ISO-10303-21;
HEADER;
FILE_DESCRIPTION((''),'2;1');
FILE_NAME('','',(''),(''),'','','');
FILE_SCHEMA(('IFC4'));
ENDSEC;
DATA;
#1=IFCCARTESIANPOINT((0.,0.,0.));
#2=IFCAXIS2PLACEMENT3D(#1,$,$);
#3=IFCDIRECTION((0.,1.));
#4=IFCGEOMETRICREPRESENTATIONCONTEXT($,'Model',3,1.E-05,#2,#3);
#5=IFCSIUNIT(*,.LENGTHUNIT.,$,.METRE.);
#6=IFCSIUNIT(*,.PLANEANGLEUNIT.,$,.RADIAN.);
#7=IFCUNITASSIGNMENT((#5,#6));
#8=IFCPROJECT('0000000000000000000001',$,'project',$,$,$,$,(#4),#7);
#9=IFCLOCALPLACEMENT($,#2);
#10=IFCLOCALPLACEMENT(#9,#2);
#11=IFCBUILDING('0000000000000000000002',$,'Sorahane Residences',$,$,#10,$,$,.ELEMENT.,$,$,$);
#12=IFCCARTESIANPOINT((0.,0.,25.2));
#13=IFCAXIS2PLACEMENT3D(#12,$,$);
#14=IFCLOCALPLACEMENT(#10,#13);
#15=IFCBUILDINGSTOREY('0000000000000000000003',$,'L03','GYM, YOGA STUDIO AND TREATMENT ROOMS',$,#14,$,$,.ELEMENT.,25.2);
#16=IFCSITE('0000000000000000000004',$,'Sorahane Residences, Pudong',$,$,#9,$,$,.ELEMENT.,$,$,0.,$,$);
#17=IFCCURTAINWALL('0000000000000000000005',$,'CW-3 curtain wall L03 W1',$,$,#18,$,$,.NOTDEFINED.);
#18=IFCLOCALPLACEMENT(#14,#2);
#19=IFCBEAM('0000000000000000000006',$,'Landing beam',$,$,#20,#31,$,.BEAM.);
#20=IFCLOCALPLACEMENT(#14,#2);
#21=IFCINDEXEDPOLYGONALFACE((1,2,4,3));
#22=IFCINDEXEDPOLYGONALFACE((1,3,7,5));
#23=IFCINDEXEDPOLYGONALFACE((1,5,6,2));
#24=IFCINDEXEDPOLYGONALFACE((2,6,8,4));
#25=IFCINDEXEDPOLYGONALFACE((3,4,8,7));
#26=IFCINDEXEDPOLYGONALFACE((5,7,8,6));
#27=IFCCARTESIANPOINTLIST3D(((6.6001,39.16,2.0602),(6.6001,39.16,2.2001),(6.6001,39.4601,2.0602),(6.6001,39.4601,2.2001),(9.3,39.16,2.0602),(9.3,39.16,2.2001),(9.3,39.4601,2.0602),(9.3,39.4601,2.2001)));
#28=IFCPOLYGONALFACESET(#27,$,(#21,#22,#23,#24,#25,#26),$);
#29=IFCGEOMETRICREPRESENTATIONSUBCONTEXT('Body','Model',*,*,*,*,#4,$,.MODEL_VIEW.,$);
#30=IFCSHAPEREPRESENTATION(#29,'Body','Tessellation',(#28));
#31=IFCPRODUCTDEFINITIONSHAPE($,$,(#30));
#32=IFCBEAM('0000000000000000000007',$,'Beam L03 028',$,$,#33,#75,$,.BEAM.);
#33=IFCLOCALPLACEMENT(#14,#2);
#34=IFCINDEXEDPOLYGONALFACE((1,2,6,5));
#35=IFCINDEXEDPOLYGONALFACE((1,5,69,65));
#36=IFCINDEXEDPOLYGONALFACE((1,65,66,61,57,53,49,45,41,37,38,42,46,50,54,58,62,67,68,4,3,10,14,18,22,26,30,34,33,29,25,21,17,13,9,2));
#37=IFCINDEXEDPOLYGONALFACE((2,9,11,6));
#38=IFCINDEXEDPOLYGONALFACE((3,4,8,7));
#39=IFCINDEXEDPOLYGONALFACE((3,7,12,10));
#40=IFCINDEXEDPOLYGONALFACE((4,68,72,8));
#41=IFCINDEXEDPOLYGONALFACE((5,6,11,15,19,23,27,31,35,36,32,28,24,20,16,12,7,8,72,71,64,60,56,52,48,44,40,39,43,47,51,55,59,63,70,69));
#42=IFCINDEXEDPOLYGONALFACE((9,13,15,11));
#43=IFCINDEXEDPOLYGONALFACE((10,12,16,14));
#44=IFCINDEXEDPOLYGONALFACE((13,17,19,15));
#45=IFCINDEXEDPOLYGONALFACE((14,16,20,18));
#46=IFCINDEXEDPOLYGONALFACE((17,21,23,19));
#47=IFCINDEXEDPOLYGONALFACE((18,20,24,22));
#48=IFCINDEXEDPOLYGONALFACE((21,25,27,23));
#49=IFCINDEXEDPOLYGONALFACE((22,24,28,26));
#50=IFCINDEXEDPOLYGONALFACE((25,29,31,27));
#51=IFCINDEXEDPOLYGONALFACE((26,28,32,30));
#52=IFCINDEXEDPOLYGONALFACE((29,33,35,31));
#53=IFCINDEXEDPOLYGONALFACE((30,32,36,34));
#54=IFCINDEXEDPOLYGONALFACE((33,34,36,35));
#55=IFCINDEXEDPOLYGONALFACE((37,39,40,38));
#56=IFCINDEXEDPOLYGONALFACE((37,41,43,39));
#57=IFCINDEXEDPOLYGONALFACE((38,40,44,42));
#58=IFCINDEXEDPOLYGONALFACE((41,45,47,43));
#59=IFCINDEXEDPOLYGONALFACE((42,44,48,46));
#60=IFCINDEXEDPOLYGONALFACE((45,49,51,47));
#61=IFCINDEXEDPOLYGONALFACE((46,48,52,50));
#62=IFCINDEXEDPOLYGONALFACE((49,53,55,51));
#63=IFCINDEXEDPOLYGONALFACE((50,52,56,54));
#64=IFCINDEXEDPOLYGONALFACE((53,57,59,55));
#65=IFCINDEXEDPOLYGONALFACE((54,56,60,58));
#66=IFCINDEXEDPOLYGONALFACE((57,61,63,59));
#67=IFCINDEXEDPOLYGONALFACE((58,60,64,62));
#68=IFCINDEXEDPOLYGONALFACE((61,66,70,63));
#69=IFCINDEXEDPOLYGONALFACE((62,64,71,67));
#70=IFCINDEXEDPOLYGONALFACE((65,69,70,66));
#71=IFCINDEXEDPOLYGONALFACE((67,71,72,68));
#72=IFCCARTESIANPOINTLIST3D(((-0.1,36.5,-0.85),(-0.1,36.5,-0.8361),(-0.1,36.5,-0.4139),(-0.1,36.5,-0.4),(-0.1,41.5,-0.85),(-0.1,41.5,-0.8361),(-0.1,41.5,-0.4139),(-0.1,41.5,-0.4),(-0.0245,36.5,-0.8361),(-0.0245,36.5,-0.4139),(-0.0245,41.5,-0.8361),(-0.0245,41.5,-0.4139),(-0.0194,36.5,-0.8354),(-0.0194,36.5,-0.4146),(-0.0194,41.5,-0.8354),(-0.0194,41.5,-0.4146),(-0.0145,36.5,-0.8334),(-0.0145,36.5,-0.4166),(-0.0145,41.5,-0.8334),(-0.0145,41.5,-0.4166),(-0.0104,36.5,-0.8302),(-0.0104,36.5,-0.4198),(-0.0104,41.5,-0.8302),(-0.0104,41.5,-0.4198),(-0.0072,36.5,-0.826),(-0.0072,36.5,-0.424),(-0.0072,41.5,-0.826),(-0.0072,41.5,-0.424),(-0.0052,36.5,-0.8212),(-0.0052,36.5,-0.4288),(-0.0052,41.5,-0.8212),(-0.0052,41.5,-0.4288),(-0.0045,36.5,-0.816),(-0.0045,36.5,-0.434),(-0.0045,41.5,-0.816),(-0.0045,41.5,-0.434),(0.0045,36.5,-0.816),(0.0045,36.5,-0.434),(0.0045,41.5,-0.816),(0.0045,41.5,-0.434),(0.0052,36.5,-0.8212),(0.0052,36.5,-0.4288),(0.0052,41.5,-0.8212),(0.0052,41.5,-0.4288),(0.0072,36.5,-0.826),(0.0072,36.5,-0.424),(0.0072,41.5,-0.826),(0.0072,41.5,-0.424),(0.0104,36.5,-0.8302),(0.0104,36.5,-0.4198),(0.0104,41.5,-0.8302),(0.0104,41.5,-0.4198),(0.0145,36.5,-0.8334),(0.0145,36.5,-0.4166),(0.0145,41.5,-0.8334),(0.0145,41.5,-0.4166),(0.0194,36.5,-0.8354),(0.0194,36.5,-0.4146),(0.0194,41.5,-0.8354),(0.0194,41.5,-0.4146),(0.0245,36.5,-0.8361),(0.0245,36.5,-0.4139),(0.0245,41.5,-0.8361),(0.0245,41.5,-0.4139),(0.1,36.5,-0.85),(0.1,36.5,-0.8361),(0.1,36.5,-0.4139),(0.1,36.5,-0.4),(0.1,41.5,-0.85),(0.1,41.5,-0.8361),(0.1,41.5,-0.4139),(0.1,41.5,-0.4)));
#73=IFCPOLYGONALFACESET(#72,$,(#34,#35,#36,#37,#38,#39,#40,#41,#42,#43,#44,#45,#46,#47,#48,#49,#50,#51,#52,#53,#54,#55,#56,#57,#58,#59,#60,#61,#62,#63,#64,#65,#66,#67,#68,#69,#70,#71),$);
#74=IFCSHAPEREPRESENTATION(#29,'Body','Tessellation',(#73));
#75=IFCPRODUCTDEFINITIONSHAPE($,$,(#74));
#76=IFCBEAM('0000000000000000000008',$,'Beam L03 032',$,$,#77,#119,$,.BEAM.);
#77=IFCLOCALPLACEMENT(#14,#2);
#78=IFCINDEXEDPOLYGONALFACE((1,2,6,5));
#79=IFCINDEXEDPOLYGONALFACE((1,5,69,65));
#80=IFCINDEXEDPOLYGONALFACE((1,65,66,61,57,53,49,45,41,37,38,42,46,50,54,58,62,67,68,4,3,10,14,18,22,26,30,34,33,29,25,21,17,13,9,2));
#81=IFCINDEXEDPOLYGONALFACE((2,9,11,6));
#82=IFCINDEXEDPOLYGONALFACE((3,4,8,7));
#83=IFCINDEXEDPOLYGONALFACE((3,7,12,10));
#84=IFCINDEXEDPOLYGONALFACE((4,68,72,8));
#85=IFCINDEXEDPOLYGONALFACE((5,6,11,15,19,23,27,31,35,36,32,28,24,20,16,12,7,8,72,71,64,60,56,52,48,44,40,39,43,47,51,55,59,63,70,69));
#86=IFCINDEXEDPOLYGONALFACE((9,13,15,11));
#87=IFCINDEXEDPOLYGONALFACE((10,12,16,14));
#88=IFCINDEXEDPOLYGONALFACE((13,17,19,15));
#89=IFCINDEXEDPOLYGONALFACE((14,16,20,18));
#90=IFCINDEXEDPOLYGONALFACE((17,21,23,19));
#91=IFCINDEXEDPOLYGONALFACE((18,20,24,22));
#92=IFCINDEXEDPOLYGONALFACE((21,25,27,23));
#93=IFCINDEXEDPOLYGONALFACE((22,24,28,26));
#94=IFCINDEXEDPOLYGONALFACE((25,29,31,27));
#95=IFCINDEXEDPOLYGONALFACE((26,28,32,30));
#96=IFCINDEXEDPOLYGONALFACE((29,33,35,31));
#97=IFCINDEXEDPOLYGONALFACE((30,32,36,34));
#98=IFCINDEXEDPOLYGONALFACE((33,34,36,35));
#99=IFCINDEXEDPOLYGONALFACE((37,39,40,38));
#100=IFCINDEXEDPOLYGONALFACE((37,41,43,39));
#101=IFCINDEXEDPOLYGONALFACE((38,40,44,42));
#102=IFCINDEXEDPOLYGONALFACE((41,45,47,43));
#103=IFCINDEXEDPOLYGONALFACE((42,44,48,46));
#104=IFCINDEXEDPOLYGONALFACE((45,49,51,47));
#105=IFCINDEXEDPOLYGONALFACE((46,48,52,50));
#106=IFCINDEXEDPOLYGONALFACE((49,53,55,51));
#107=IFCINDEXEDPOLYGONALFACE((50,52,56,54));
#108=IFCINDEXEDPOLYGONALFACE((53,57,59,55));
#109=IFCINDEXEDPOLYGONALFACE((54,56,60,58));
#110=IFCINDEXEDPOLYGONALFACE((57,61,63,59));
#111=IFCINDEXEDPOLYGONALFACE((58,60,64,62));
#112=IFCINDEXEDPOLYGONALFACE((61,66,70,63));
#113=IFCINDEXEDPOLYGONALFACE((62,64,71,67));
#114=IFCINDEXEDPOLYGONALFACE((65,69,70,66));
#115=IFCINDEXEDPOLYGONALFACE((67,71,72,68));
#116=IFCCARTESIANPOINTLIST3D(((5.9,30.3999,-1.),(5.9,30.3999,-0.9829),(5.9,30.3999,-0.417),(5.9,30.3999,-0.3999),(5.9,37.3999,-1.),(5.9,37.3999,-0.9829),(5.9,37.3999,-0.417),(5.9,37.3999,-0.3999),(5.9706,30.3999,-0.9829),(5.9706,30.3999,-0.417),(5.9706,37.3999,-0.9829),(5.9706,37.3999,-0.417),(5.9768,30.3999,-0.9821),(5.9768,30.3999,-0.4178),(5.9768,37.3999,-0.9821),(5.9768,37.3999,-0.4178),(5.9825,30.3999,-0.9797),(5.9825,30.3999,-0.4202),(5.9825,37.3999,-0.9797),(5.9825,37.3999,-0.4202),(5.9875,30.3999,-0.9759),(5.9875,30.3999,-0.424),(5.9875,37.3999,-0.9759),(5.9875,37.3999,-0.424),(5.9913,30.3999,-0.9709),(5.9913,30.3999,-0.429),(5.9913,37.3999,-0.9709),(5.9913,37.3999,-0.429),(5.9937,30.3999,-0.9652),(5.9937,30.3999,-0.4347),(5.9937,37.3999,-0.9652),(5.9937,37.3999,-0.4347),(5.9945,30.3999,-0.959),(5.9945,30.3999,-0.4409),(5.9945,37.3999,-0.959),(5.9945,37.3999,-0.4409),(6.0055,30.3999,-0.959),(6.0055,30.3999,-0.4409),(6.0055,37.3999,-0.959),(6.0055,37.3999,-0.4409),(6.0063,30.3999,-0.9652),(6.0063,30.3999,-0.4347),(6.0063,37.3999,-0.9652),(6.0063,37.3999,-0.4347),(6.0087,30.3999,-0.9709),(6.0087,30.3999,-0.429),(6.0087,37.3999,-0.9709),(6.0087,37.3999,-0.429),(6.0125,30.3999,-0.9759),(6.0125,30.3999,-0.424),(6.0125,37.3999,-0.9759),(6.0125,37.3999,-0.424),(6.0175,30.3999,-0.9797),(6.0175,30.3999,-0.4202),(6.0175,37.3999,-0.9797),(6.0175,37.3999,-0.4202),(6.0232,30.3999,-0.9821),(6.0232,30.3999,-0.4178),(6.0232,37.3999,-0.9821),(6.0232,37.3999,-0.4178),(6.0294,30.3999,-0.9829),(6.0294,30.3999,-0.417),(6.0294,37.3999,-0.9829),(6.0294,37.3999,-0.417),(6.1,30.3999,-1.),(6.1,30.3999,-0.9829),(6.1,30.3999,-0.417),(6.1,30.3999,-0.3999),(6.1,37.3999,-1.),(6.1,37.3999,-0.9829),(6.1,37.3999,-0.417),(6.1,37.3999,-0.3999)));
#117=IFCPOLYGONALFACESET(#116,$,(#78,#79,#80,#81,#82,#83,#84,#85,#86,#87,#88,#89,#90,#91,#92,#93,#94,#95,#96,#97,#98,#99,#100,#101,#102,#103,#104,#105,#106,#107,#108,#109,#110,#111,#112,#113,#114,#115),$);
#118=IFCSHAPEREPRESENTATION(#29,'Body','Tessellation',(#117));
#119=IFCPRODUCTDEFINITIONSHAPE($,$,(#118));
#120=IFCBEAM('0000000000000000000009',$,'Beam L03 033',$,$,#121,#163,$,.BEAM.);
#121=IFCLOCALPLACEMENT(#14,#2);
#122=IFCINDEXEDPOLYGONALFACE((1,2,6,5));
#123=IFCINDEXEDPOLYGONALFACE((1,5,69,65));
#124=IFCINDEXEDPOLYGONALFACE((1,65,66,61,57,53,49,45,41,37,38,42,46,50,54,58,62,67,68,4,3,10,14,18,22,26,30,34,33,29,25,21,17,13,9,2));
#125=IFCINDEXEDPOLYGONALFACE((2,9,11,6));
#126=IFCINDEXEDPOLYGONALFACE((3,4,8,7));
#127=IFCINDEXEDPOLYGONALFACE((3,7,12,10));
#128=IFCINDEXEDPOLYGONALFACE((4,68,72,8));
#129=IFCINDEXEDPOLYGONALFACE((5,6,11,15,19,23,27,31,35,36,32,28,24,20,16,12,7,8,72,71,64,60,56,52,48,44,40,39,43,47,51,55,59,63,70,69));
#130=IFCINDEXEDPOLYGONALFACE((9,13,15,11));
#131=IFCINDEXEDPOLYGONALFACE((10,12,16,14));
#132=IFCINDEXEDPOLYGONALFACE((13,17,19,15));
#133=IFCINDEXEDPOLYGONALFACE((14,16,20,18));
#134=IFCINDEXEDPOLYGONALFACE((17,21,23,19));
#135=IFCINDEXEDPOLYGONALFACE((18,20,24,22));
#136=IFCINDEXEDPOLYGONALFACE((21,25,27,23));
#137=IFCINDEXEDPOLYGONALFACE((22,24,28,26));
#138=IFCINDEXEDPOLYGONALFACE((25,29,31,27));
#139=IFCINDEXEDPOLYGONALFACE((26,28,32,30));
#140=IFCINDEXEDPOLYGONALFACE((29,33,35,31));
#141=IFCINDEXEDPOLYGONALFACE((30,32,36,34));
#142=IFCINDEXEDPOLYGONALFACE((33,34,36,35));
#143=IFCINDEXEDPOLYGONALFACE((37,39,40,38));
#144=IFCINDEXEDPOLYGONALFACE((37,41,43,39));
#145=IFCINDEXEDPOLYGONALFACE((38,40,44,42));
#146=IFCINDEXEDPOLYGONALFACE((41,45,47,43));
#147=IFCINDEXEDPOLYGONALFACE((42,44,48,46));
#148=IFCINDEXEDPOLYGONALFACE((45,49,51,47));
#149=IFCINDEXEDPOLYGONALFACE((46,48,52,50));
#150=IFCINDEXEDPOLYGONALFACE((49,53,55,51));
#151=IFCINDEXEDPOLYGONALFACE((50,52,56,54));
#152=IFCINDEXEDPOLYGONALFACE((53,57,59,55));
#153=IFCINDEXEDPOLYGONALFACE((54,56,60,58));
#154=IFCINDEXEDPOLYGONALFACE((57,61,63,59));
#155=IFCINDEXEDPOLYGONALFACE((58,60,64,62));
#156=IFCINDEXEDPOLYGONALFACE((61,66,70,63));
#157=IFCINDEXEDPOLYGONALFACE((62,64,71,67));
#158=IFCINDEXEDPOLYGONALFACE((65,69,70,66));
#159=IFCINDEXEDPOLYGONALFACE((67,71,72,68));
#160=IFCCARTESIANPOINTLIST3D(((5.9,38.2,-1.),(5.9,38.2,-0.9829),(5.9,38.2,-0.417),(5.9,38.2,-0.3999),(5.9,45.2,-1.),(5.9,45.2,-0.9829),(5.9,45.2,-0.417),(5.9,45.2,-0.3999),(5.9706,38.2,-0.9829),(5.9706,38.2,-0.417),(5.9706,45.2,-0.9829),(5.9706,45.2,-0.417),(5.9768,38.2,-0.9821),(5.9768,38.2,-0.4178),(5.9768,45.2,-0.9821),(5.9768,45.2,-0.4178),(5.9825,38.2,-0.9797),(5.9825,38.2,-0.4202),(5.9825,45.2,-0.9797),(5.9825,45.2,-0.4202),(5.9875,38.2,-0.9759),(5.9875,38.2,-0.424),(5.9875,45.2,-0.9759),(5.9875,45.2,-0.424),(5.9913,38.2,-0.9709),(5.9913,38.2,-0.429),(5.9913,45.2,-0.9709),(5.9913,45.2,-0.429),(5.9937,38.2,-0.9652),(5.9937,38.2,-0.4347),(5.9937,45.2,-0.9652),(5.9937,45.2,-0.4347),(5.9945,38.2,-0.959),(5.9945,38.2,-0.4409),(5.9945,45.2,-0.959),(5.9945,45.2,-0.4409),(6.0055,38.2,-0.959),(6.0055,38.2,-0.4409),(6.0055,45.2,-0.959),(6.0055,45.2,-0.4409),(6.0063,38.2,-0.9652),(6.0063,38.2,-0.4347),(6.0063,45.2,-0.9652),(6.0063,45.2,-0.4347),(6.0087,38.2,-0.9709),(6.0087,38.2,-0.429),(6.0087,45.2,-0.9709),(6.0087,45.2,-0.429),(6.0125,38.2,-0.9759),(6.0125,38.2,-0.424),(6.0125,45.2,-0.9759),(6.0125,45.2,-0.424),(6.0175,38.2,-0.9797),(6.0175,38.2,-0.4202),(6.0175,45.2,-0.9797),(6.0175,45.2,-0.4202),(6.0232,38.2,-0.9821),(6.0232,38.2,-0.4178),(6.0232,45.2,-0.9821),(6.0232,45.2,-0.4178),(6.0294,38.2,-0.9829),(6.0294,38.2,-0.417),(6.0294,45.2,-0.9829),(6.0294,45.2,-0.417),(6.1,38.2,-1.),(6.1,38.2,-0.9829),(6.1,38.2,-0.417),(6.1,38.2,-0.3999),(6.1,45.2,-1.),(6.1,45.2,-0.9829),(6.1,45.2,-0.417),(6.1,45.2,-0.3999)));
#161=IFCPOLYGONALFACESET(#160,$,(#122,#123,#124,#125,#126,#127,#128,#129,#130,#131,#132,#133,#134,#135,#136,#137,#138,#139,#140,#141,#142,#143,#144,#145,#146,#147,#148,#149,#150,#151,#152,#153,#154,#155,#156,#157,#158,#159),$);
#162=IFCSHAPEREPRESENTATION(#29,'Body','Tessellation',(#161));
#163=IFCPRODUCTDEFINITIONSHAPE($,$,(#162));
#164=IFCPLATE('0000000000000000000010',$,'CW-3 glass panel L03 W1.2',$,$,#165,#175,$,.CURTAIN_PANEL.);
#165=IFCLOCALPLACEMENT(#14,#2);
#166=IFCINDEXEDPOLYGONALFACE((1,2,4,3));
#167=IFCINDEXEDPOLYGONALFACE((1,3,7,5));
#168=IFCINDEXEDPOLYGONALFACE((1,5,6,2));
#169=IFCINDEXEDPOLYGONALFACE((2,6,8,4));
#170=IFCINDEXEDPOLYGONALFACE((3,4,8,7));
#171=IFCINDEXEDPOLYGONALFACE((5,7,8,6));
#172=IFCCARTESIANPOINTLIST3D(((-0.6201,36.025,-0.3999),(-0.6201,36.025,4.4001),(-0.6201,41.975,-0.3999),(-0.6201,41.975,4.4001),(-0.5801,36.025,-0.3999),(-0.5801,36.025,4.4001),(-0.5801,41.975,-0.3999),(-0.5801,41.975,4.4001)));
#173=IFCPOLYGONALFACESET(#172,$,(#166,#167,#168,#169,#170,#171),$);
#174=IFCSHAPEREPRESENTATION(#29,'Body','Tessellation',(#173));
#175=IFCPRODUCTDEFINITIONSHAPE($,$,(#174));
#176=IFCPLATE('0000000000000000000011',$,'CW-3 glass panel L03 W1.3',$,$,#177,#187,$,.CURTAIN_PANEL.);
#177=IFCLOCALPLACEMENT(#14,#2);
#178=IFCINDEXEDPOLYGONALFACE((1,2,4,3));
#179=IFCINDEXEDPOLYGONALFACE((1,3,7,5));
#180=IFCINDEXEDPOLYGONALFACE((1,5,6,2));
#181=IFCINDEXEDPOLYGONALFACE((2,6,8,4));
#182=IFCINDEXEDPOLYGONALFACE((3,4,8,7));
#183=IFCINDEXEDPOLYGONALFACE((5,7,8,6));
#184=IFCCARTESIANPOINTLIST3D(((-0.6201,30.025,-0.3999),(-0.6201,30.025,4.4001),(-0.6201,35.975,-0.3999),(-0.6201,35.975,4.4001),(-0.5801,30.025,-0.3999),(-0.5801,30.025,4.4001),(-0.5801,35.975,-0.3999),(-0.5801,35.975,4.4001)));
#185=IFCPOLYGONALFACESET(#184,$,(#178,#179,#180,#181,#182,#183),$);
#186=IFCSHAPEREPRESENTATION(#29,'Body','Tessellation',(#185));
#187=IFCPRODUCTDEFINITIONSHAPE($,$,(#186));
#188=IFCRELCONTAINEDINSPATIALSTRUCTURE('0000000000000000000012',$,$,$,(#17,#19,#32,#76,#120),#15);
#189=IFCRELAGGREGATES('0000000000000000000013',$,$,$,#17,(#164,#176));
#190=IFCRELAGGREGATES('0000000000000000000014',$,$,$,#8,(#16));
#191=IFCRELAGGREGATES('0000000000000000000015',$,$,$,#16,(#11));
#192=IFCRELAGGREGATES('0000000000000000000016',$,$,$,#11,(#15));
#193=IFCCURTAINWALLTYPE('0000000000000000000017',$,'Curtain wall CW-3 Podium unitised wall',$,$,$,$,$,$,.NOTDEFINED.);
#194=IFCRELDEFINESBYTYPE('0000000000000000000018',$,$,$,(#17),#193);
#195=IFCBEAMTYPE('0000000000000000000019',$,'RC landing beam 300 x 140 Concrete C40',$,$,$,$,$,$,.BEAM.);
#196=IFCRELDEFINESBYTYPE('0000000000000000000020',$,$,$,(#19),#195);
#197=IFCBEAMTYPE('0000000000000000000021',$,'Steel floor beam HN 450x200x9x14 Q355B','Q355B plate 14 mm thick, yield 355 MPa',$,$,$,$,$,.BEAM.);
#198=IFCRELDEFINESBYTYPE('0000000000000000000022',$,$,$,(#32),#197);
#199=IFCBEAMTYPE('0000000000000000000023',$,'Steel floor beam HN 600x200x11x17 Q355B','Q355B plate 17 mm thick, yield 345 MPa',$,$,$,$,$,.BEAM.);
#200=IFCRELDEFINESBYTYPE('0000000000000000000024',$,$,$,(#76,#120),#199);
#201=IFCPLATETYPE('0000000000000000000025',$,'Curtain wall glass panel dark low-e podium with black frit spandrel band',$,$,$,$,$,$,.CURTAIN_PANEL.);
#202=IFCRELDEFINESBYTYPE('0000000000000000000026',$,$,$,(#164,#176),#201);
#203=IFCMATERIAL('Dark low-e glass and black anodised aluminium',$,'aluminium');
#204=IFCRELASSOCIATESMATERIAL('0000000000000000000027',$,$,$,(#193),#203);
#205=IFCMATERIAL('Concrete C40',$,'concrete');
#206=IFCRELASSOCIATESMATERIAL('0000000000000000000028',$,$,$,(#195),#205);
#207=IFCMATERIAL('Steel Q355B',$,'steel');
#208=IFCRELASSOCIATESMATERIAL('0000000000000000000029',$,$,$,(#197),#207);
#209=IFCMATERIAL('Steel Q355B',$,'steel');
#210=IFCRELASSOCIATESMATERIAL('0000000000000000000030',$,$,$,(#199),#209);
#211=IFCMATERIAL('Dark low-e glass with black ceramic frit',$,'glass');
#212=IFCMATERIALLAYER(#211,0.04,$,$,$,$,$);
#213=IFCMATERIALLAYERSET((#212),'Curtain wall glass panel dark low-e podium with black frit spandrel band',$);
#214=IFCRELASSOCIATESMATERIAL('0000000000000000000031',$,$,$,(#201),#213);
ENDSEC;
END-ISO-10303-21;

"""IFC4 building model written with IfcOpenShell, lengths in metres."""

from ifc_helpers import new_model, si_unit, direction, frame, origin, origin_2d, place, context, subcontext, project, spatial, rectangle, i_section, extrude, material, layer, layer_set, material_profile, profile_set, type_object, element, aggregate, save


model = new_model("IFC4")

# Units and contexts
model_context = context("Model", 3, precision=1e-05, world=origin(), true_north=direction((0.0, 1.0)))
body_context = subcontext(model_context, "Body", "Model", "MODEL_VIEW")
ifc_project = project(units=[si_unit("LENGTHUNIT", "METRE"), si_unit("PLANEANGLEUNIT", "RADIAN")], contexts=[model_context])

# Site, building, storey
site_placement = place(None, origin())
site = spatial("IfcSite", under=ifc_project, at=site_placement, Name="Sorahane Residences, Pudong", CompositionType="ELEMENT", RefElevation=0.0)
building_placement = place(site_placement, origin())
building = spatial("IfcBuilding", under=site, at=building_placement, Name="Sorahane Residences", CompositionType="ELEMENT")
storey_placement = place(building_placement, frame((0.0, 0.0, 25.2)))
storey = spatial("IfcBuildingStorey", under=building, at=storey_placement, Name="L03", Description="GYM, YOGA STUDIO AND TREATMENT ROOMS", CompositionType="ELEMENT", Elevation=25.2)

# Curtain wall
ifc_material_1 = material(Name="Dark low-e glass and black anodised aluminium", Category="aluminium")
curtain_wall_type = type_object("IfcCurtainWallType", Name="Curtain wall CW-3 Podium unitised wall", PredefinedType="NOTDEFINED", material=ifc_material_1)
curtain_wall_placement = place(storey_placement, origin())
curtain_wall = element("IfcCurtainWall", 1, at=curtain_wall_placement, inside=storey, type_object=curtain_wall_type, Name="CW-3 curtain wall L03 W1", PredefinedType="NOTDEFINED")

# Beams
ifc_material_2 = material(Name="Concrete C40", Category="concrete")
ifc_material_profile_1 = material_profile(ifc_material_2, rectangle(XDim=0.3, YDim=0.1399, at=origin_2d()), Name="300x140")
ifc_profile_set_1 = profile_set([ifc_material_profile_1], Name="Concrete C40")
beam_type_1 = type_object("IfcBeamType", Name="RC landing beam 300 x 140 Concrete C40", PredefinedType="BEAM", material=ifc_profile_set_1)
for number, where, z_axis, x_axis, name in (
    (2, (6.6001, 39.3101, 2.1301), (1.0, 0.0, 0.0), (0.0, 1.0, 0.0), "Landing beam"),
):
    element("IfcBeam", number, at=place(storey_placement, frame(where, z_axis=z_axis, x_axis=x_axis)), inside=storey, type_object=beam_type_1, Name=name, PredefinedType="BEAM", context=body_context, shape_type="SweptSolid", body=[
        extrude(rectangle(XDim=0.3, YDim=0.1399, at=origin_2d()), origin(), (0.0, 0.0, 1.0), 2.7),
    ])
ifc_material_3 = material(Name="Steel Q355B", Category="steel")
ifc_material_profile_2 = material_profile(ifc_material_3, i_section(OverallWidth=0.2, OverallDepth=0.45, WebThickness=0.009, FlangeThickness=0.0139, FilletRadius=0.02, at=origin_2d()), Name="HN 450x200x9x14")
ifc_profile_set_2 = profile_set([ifc_material_profile_2], Name="Steel Q355B")
beam_type_2 = type_object("IfcBeamType", Name="Steel floor beam HN 450x200x9x14 Q355B", Description="Q355B plate 14 mm thick, yield 355 MPa", PredefinedType="BEAM", material=ifc_profile_set_2)
beam_placement = place(storey_placement, frame((0.0, 36.5, -0.625), z_axis=(0.0, 1.0, 0.0), x_axis=(-1.0, 0.0, 0.0)))
element("IfcBeam", 3, at=beam_placement, inside=storey, type_object=beam_type_2, Name="Beam L03 028", PredefinedType="BEAM", context=body_context, shape_type="SweptSolid", body=[
    extrude(i_section(OverallWidth=0.2, OverallDepth=0.45, WebThickness=0.009, FlangeThickness=0.0139, FilletRadius=0.02, at=origin_2d()), origin(), (0.0, 0.0, 1.0), 5.0),
])
ifc_material_4 = material(Name="Steel Q355B", Category="steel")
ifc_material_profile_3 = material_profile(ifc_material_4, i_section(OverallWidth=0.2, OverallDepth=0.6001, WebThickness=0.011, FlangeThickness=0.0171, FilletRadius=0.0239, at=origin_2d()), Name="HN 600x200x11x17")
ifc_profile_set_3 = profile_set([ifc_material_profile_3], Name="Steel Q355B")
beam_type_3 = type_object("IfcBeamType", Name="Steel floor beam HN 600x200x11x17 Q355B", Description="Q355B plate 17 mm thick, yield 345 MPa", PredefinedType="BEAM", material=ifc_profile_set_3)
for number, where, z_axis, x_axis, name in (
    (4, (6.0, 30.3999, -0.7), (0.0, 1.0, 0.0), (-1.0, 0.0, 0.0), "Beam L03 032"),
    (5, (6.0, 38.2, -0.7), (0.0, 1.0, 0.0), (-1.0, 0.0, 0.0), "Beam L03 033"),
):
    element("IfcBeam", number, at=place(storey_placement, frame(where, z_axis=z_axis, x_axis=x_axis)), inside=storey, type_object=beam_type_3, Name=name, PredefinedType="BEAM", context=body_context, shape_type="SweptSolid", body=[
        extrude(i_section(OverallWidth=0.2, OverallDepth=0.6001, WebThickness=0.011, FlangeThickness=0.0171, FilletRadius=0.0239, at=origin_2d()), origin(), (0.0, 0.0, 1.0), 7.0),
    ])

# Plates
ifc_material_5 = material(Name="Dark low-e glass with black ceramic frit", Category="glass")
ifc_layer_1 = layer(ifc_material_5, 0.04)
ifc_layer_set_1 = layer_set([ifc_layer_1], Name="Curtain wall glass panel dark low-e podium with black frit spandrel band")
plate_type = type_object("IfcPlateType", Name="Curtain wall glass panel dark low-e podium with black frit spandrel band", PredefinedType="CURTAIN_PANEL", material=ifc_layer_set_1)
plate_1_placement = place(storey_placement, frame((-0.6001, 39.0, -0.3999), z_axis=(0.0, 0.0, 1.0), x_axis=(0.0, -1.0, 0.0)))
plate_1 = element("IfcPlate", 6, at=plate_1_placement, type_object=plate_type, Name="CW-3 glass panel L03 W1.2", PredefinedType="CURTAIN_PANEL", context=body_context, shape_type="SweptSolid", body=[
    extrude(rectangle(XDim=5.95, YDim=0.04, at=origin_2d()), origin(), (0.0, 0.0, 1.0), 4.8),
])
plate_2_placement = place(storey_placement, frame((-0.6001, 33.0, -0.3999), z_axis=(0.0, 0.0, 1.0), x_axis=(0.0, -1.0, 0.0)))
plate_2 = element("IfcPlate", 7, at=plate_2_placement, type_object=plate_type, Name="CW-3 glass panel L03 W1.3", PredefinedType="CURTAIN_PANEL", context=body_context, shape_type="SweptSolid", body=[
    extrude(rectangle(XDim=5.95, YDim=0.04, at=origin_2d()), origin(), (0.0, 0.0, 1.0), 4.8),
])
aggregate(curtain_wall, [plate_1, plate_2])

save(model, "model.ifc")
